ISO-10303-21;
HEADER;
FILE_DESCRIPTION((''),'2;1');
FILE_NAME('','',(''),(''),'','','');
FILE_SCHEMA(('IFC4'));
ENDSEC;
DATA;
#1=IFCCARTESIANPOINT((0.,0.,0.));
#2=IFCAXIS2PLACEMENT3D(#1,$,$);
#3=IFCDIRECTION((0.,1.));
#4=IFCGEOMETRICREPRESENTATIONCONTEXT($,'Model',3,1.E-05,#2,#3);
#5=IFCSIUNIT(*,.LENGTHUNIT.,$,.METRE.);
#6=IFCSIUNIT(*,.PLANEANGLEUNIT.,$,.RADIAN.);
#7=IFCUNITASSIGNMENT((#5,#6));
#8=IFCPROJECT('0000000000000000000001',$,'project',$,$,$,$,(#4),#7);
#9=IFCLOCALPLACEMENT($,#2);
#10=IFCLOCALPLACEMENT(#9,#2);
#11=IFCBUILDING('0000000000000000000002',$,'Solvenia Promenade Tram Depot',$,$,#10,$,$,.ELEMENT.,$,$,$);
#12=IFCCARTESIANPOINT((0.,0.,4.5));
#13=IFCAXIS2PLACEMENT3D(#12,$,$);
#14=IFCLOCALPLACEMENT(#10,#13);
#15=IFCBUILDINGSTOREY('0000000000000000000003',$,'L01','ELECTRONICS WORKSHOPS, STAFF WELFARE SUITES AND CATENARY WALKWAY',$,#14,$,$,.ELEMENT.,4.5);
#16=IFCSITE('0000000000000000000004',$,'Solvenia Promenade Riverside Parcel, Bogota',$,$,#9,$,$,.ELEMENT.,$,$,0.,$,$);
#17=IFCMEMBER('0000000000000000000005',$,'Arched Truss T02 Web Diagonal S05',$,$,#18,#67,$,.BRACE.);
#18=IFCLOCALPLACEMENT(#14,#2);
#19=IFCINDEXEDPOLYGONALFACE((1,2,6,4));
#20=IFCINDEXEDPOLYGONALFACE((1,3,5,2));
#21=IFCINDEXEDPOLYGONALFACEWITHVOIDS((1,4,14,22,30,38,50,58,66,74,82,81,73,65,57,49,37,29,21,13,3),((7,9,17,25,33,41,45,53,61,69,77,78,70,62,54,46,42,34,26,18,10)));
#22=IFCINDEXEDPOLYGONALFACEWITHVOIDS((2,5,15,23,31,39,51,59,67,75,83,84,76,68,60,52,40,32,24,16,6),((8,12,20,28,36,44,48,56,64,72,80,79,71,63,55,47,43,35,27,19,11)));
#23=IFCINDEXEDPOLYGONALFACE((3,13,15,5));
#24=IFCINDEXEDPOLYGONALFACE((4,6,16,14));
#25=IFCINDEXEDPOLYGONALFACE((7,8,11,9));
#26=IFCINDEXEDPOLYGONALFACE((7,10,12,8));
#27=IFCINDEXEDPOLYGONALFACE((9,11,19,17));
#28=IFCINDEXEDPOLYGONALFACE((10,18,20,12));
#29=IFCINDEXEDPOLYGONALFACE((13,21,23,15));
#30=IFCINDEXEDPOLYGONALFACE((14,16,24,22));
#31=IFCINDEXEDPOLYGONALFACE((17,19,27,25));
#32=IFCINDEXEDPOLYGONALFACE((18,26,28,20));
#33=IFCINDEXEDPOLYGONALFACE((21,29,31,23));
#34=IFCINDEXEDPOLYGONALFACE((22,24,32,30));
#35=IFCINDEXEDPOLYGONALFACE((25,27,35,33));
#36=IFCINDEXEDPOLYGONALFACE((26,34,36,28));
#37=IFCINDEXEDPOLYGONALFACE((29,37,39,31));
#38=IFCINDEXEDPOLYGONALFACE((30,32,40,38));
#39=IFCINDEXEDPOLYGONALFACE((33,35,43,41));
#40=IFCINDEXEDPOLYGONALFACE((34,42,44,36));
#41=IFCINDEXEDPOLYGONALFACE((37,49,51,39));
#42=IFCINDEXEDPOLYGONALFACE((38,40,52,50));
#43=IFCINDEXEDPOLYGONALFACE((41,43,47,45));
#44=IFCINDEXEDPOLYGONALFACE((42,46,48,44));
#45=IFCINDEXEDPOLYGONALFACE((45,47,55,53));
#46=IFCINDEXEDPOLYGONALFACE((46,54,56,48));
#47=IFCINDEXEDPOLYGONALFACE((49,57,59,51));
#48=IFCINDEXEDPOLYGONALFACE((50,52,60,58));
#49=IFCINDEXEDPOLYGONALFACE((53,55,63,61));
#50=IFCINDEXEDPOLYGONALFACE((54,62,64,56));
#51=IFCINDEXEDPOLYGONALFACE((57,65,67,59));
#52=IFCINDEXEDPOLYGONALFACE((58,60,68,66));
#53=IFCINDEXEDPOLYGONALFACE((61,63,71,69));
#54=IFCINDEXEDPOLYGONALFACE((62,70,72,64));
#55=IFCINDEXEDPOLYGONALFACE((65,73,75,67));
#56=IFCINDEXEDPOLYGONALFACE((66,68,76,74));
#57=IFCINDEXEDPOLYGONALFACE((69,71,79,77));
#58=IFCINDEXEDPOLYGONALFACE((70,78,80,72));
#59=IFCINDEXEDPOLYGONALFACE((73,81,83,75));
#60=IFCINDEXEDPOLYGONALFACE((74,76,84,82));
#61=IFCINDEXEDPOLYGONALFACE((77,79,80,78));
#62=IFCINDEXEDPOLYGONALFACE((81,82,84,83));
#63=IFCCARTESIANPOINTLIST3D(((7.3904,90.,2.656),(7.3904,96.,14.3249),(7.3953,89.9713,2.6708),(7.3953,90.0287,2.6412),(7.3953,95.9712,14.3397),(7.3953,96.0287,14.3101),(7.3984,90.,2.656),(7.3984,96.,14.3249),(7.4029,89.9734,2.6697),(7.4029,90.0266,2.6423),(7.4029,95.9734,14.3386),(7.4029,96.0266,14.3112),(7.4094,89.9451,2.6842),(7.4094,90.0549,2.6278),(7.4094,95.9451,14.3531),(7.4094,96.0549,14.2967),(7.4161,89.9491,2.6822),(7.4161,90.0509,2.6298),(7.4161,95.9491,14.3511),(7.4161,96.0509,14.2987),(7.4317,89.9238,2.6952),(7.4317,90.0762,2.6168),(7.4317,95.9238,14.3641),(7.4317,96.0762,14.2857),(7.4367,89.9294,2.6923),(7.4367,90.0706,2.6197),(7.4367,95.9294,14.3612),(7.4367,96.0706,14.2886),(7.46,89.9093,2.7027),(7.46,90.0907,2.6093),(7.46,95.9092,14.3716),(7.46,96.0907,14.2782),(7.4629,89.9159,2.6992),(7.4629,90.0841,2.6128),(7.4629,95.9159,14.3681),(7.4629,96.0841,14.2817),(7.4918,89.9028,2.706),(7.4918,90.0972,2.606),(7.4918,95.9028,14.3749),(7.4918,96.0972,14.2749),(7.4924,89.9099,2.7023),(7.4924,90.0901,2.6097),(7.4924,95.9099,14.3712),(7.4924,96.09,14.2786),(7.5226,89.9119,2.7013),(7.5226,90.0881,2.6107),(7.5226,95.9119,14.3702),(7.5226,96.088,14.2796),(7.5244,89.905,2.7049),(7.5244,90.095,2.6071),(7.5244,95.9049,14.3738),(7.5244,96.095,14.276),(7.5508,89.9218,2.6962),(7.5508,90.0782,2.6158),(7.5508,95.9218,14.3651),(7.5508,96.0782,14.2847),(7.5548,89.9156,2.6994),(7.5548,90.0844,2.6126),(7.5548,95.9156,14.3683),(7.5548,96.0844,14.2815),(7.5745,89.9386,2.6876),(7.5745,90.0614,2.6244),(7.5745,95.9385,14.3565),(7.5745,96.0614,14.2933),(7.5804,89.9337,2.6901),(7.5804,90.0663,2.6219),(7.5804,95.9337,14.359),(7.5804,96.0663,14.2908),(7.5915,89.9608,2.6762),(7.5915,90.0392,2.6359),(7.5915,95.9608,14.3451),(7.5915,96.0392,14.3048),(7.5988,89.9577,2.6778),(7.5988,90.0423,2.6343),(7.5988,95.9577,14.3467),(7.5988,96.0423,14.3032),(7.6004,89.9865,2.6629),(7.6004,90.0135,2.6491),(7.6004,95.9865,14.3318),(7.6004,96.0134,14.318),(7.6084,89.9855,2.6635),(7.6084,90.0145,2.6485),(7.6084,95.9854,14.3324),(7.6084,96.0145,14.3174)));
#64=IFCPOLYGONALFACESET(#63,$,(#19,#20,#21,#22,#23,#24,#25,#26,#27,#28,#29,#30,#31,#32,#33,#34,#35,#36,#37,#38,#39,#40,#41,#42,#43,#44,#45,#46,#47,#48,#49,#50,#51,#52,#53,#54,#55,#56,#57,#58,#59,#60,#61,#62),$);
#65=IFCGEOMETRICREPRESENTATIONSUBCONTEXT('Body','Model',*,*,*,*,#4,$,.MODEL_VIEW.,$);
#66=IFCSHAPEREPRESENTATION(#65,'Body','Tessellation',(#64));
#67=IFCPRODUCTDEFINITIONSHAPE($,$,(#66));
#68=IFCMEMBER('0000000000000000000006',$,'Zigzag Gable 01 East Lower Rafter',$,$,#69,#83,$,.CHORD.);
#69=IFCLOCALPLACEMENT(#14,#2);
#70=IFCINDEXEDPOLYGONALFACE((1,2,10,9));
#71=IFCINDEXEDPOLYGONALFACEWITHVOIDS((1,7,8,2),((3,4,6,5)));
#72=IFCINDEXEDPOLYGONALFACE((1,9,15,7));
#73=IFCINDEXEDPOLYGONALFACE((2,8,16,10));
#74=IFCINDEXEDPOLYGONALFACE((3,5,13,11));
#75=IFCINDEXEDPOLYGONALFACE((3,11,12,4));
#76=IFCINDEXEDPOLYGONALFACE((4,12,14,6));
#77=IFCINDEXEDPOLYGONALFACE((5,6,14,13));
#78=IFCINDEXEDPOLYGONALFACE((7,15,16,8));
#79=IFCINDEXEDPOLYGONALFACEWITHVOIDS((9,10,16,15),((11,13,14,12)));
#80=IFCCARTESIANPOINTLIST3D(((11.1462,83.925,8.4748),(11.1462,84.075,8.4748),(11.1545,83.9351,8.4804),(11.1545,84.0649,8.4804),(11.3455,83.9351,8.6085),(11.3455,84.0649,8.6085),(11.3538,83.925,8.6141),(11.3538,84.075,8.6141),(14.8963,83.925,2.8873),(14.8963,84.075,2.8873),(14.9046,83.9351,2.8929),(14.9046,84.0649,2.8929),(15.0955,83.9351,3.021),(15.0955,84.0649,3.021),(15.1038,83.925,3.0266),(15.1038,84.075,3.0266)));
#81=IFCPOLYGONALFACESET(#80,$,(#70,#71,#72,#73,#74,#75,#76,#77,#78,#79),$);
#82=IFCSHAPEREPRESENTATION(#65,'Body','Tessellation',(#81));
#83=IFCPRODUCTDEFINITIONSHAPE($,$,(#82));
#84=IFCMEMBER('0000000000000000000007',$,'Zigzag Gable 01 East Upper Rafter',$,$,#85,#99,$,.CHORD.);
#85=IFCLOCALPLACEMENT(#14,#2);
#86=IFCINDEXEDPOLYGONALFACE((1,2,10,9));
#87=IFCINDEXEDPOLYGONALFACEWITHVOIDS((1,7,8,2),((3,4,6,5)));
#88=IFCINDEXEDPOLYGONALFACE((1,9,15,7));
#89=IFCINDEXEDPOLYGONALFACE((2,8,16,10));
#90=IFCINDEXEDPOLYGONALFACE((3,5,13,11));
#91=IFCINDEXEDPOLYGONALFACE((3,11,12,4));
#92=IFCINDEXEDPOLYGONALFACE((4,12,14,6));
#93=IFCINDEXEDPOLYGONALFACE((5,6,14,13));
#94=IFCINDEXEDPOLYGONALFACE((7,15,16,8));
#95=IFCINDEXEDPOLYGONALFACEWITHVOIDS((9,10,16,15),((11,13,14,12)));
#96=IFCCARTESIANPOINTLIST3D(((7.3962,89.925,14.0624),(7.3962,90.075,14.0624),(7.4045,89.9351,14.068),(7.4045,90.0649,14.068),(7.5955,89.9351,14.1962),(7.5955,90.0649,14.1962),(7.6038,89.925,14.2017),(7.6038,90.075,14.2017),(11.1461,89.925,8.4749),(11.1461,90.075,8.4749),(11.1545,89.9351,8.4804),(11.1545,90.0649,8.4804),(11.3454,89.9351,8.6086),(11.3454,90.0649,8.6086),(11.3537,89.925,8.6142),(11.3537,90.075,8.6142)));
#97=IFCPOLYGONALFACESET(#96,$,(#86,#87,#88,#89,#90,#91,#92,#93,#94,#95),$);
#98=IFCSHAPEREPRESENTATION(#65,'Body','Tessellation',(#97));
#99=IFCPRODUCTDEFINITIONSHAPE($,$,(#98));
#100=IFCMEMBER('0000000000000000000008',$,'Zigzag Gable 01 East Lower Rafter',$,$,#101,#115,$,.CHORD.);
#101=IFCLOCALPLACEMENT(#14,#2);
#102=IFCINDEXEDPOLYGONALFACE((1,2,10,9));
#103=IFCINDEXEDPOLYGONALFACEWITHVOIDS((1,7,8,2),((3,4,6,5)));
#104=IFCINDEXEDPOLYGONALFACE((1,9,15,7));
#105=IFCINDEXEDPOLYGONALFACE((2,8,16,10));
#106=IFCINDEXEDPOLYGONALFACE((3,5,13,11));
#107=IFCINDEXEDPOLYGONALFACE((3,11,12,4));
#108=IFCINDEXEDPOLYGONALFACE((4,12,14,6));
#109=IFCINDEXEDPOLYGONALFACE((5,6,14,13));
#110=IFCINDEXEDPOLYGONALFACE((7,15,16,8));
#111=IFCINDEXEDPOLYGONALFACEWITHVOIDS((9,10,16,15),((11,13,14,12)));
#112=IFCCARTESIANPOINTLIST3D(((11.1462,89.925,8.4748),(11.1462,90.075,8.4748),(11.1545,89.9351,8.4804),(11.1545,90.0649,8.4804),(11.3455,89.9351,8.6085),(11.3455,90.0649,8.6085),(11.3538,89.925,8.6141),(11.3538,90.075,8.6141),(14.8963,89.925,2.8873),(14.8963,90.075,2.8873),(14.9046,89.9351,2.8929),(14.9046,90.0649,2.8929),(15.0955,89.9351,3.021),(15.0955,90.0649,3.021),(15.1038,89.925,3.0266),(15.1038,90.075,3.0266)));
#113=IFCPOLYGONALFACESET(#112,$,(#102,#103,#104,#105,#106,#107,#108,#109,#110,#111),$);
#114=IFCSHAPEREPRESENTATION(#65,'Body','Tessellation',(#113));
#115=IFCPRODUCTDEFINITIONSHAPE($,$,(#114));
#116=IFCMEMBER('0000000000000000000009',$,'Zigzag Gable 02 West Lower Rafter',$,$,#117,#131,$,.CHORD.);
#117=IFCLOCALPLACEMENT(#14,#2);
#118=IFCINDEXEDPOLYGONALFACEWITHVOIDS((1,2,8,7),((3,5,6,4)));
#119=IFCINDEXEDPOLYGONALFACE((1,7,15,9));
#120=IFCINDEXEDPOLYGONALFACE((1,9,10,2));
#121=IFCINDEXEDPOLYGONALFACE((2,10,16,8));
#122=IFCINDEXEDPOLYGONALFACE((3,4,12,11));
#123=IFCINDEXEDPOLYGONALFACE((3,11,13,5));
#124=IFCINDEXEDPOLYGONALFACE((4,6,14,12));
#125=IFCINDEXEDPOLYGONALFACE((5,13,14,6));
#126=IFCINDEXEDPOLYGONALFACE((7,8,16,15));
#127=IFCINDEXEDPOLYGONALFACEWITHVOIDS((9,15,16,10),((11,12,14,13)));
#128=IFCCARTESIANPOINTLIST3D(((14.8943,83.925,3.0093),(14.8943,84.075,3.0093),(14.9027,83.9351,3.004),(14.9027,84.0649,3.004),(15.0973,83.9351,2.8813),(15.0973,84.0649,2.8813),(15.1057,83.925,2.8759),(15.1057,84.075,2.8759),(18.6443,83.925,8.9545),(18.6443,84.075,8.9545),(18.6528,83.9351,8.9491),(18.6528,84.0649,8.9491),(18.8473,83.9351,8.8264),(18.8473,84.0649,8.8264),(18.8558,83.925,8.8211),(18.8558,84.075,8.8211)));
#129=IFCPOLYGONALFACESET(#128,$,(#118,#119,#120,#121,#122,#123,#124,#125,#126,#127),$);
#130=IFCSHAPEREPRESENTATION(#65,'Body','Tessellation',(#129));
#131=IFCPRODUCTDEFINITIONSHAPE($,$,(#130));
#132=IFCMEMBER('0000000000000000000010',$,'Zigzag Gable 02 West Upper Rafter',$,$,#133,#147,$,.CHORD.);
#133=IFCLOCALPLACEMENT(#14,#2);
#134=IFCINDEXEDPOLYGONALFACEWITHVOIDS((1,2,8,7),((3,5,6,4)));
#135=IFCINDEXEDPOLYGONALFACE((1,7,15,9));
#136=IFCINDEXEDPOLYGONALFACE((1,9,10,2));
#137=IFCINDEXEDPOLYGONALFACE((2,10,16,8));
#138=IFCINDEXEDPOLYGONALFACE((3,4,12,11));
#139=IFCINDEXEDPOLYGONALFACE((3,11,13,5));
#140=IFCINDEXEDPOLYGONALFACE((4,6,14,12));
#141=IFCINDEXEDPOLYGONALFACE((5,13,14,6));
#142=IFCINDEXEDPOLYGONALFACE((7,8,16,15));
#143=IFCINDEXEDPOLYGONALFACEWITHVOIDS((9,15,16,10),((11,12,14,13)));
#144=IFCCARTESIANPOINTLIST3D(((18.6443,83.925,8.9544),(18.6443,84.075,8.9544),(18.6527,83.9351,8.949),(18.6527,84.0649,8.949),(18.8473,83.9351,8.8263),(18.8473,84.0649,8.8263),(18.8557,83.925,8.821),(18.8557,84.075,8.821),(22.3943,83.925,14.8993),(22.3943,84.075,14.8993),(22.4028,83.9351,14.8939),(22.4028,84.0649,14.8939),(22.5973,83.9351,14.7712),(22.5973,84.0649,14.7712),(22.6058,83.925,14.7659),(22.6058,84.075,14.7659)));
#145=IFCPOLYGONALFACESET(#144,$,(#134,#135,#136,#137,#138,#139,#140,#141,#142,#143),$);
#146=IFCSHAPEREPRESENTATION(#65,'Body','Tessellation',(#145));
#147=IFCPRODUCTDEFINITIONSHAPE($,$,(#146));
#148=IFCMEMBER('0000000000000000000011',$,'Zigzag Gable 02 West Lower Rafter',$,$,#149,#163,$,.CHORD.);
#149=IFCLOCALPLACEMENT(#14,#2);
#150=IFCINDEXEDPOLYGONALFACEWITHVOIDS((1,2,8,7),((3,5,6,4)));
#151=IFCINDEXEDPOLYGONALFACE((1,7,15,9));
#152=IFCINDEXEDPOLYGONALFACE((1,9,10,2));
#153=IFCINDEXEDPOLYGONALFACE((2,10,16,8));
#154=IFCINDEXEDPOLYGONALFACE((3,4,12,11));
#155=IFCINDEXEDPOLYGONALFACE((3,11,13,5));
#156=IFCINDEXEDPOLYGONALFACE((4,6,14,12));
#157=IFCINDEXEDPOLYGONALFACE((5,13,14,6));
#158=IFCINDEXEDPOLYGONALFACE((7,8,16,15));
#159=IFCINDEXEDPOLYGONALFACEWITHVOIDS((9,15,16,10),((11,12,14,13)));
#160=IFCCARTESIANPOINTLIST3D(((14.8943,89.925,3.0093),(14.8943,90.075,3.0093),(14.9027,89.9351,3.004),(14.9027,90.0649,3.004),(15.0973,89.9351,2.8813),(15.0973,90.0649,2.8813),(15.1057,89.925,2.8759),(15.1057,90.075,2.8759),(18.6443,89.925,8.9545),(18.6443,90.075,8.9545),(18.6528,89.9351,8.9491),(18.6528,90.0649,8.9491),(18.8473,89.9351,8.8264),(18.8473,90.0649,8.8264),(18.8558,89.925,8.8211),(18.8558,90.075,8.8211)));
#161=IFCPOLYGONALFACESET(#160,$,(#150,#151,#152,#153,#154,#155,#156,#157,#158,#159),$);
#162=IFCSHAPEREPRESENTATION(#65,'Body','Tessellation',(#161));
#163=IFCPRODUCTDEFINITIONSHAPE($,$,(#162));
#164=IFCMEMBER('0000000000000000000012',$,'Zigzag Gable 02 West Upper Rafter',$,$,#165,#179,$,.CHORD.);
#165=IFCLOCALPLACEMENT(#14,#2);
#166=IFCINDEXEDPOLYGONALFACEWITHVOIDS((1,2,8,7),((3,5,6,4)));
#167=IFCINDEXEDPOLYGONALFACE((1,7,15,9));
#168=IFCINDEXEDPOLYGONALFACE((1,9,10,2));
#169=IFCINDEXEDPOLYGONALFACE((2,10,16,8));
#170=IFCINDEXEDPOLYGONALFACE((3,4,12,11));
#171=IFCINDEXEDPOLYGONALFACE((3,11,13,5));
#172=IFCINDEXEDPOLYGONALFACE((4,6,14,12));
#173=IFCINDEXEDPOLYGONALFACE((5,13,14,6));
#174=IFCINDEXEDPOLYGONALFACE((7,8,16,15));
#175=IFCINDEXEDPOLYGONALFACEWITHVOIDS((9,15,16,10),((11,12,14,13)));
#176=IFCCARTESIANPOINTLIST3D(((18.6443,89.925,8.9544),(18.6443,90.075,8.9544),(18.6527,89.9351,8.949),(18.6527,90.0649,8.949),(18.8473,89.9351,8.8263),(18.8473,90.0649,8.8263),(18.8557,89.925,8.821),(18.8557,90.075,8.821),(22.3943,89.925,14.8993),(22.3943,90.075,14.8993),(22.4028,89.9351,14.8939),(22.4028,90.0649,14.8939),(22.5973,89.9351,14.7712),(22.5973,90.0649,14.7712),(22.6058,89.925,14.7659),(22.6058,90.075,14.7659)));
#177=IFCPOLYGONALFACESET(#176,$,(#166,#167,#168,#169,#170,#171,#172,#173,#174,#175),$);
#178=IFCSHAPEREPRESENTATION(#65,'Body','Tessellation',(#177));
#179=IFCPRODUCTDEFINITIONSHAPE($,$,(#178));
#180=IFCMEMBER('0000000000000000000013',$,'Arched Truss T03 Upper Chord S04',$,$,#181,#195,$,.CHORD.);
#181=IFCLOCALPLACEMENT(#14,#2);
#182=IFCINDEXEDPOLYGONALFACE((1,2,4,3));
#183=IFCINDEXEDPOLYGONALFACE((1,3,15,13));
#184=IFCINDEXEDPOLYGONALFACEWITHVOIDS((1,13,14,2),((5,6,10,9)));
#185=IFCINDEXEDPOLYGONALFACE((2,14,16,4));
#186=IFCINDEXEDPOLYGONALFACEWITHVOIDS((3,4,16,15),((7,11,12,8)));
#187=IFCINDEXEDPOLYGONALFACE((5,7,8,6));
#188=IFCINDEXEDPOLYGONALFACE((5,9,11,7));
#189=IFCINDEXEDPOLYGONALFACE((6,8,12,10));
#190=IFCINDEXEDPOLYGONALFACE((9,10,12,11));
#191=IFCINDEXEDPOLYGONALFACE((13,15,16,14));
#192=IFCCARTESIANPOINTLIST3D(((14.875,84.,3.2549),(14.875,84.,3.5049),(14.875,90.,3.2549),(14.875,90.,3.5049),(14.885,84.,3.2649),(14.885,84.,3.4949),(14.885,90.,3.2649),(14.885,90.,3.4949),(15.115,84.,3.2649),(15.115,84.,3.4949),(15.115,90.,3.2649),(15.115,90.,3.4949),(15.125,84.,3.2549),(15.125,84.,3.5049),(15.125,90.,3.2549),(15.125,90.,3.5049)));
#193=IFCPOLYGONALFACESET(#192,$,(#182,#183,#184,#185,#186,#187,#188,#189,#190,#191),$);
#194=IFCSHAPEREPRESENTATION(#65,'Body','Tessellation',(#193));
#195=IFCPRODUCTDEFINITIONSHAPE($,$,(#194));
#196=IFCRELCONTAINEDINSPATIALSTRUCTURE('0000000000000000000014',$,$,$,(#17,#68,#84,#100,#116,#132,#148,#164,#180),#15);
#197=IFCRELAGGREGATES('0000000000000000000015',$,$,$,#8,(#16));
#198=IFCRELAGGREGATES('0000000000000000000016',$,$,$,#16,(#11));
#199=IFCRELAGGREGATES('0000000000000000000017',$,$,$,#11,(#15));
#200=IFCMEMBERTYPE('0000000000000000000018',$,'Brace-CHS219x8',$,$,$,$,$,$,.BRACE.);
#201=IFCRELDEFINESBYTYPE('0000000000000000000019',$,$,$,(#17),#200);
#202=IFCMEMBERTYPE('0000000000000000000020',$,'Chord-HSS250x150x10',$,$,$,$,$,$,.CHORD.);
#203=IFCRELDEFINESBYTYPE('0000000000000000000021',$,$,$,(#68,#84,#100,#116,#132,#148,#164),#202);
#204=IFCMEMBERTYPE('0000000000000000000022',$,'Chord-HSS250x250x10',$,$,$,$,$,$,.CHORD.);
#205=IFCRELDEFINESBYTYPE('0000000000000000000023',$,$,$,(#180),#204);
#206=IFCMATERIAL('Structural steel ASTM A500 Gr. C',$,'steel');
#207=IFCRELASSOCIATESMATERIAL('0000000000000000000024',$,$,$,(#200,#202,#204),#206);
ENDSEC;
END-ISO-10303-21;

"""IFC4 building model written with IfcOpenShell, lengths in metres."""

from ifc_helpers import new_model, si_unit, direction, frame, origin, origin_2d, place, context, subcontext, project, spatial, hollow_rectangle, hollow_circle, extrude, material, material_profile, profile_set, type_object, element, save


model = new_model("IFC4")

# Units and contexts
model_context = context("Model", 3, precision=1e-05, world=origin(), true_north=direction((0.0, 1.0)))
body_context = subcontext(model_context, "Body", "Model", "MODEL_VIEW")
ifc_project = project(units=[si_unit("LENGTHUNIT", "METRE"), si_unit("PLANEANGLEUNIT", "RADIAN")], contexts=[model_context])

# Site, building, storey
site_placement = place(None, origin())
site = spatial("IfcSite", under=ifc_project, at=site_placement, Name="Solvenia Promenade Riverside Parcel, Bogota", CompositionType="ELEMENT", RefElevation=0.0)
building_placement = place(site_placement, origin())
building = spatial("IfcBuilding", under=site, at=building_placement, Name="Solvenia Promenade Tram Depot", CompositionType="ELEMENT")
storey_placement = place(building_placement, frame((0.0, 0.0, 4.5)))
storey = spatial("IfcBuildingStorey", under=building, at=storey_placement, Name="L01", Description="ELECTRONICS WORKSHOPS, STAFF WELFARE SUITES AND CATENARY WALKWAY", CompositionType="ELEMENT", Elevation=4.5)

# Members
ifc_material_1 = material(Name="Structural steel ASTM A500 Gr. C", Category="steel")
ifc_material_profile_1 = material_profile(ifc_material_1, hollow_circle(Radius=0.1096, WallThickness=0.0081, at=origin_2d()), Name="CHS219.1x8", Category="steel")
ifc_profile_set_1 = profile_set([ifc_material_profile_1], Name="Structural steel ASTM A500 Gr. C")
member_type_1 = type_object("IfcMemberType", Name="Brace-CHS219x8", PredefinedType="BRACE", material=ifc_profile_set_1)
member_1_placement = place(storey_placement, frame((7.5, 90.0, 2.656), z_axis=(0.0, 0.457277, 0.889324), x_axis=(-1.0, 0.0, 0.0)))
element("IfcMember", 1, at=member_1_placement, inside=storey, type_object=member_type_1, Name="Arched Truss T02 Web Diagonal S05", PredefinedType="BRACE", context=body_context, shape_type="SweptSolid", body=[
    extrude(hollow_circle(Radius=0.1096, WallThickness=0.0081, at=origin_2d()), origin(), (0.0, 0.0, 1.0), 13.1211),
])
ifc_material_profile_2 = material_profile(ifc_material_1, hollow_rectangle(XDim=0.1499, YDim=0.25, WallThickness=0.01, at=origin_2d()), Name="HSS250x150x10", Category="steel")
ifc_profile_set_2 = profile_set([ifc_material_profile_2], Name="Structural steel ASTM A500 Gr. C")
member_type_2 = type_object("IfcMemberType", Name="Chord-HSS250x150x10", PredefinedType="CHORD", material=ifc_profile_set_2)
for number, where, z_axis, x_axis, name in (
    (2, (11.25, 84.0, 8.5444), (0.557276, 0.0, -0.830327), (0.0, 1.0, 0.0), "Zigzag Gable 01 East Lower Rafter"),
    (3, (7.5, 90.0, 14.1321), (0.557259, 0.0, -0.830338), (0.0, 1.0, 0.0), "Zigzag Gable 01 East Upper Rafter"),
    (4, (11.25, 90.0, 8.5444), (0.557276, 0.0, -0.830327), (0.0, 1.0, 0.0), "Zigzag Gable 01 East Lower Rafter"),
):
    element("IfcMember", number, at=place(storey_placement, frame(where, z_axis=z_axis, x_axis=x_axis)), inside=storey, type_object=member_type_2, Name=name, PredefinedType="CHORD", context=body_context, shape_type="SweptSolid", body=[
        extrude(hollow_rectangle(XDim=0.1499, YDim=0.25, WallThickness=0.01, at=origin_2d()), origin(), (0.0, 0.0, 1.0), 6.7292),
    ])
member_2_placement = place(storey_placement, frame((15.0, 84.0, 2.9426), z_axis=(0.533507, 0.0, 0.845796), x_axis=(0.0, 1.0, 0.0)))
element("IfcMember", 5, at=member_2_placement, inside=storey, type_object=member_type_2, Name="Zigzag Gable 02 West Lower Rafter", PredefinedType="CHORD", context=body_context, shape_type="SweptSolid", body=[
    extrude(hollow_rectangle(XDim=0.1499, YDim=0.25, WallThickness=0.01, at=origin_2d()), origin(), (0.0, 0.0, 1.0), 7.0291),
])
member_3_placement = place(storey_placement, frame((18.75, 84.0, 8.8877), z_axis=(0.533522, 0.0, 0.845786), x_axis=(0.0, 1.0, 0.0)))
element("IfcMember", 6, at=member_3_placement, inside=storey, type_object=member_type_2, Name="Zigzag Gable 02 West Upper Rafter", PredefinedType="CHORD", context=body_context, shape_type="SweptSolid", body=[
    extrude(hollow_rectangle(XDim=0.1499, YDim=0.25, WallThickness=0.01, at=origin_2d()), origin(), (0.0, 0.0, 1.0), 7.0288),
])
member_4_placement = place(storey_placement, frame((15.0, 90.0, 2.9426), z_axis=(0.533507, 0.0, 0.845796), x_axis=(0.0, 1.0, 0.0)))
element("IfcMember", 7, at=member_4_placement, inside=storey, type_object=member_type_2, Name="Zigzag Gable 02 West Lower Rafter", PredefinedType="CHORD", context=body_context, shape_type="SweptSolid", body=[
    extrude(hollow_rectangle(XDim=0.1499, YDim=0.25, WallThickness=0.01, at=origin_2d()), origin(), (0.0, 0.0, 1.0), 7.0291),
])
member_5_placement = place(storey_placement, frame((18.75, 90.0, 8.8877), z_axis=(0.533522, 0.0, 0.845786), x_axis=(0.0, 1.0, 0.0)))
element("IfcMember", 8, at=member_5_placement, inside=storey, type_object=member_type_2, Name="Zigzag Gable 02 West Upper Rafter", PredefinedType="CHORD", context=body_context, shape_type="SweptSolid", body=[
    extrude(hollow_rectangle(XDim=0.1499, YDim=0.25, WallThickness=0.01, at=origin_2d()), origin(), (0.0, 0.0, 1.0), 7.0288),
])
ifc_material_profile_3 = material_profile(ifc_material_1, hollow_rectangle(XDim=0.25, YDim=0.25, WallThickness=0.01, at=origin_2d()), Name="HSS250x250x10", Category="steel")
ifc_profile_set_3 = profile_set([ifc_material_profile_3], Name="Structural steel ASTM A500 Gr. C")
member_type_3 = type_object("IfcMemberType", Name="Chord-HSS250x250x10", PredefinedType="CHORD", material=ifc_profile_set_3)
for number, where, z_axis, x_axis, name in (
    (9, (15.0, 84.0, 3.3799), (0.0, 1.0, 0.0), (-1.0, 0.0, 0.0), "Arched Truss T03 Upper Chord S04"),
):
    element("IfcMember", number, at=place(storey_placement, frame(where, z_axis=z_axis, x_axis=x_axis)), inside=storey, type_object=member_type_3, Name=name, PredefinedType="CHORD", context=body_context, shape_type="SweptSolid", body=[
        extrude(hollow_rectangle(XDim=0.25, YDim=0.25, WallThickness=0.01, at=origin_2d()), origin(), (0.0, 0.0, 1.0), 6.0),
    ])

save(model, "model.ifc")
